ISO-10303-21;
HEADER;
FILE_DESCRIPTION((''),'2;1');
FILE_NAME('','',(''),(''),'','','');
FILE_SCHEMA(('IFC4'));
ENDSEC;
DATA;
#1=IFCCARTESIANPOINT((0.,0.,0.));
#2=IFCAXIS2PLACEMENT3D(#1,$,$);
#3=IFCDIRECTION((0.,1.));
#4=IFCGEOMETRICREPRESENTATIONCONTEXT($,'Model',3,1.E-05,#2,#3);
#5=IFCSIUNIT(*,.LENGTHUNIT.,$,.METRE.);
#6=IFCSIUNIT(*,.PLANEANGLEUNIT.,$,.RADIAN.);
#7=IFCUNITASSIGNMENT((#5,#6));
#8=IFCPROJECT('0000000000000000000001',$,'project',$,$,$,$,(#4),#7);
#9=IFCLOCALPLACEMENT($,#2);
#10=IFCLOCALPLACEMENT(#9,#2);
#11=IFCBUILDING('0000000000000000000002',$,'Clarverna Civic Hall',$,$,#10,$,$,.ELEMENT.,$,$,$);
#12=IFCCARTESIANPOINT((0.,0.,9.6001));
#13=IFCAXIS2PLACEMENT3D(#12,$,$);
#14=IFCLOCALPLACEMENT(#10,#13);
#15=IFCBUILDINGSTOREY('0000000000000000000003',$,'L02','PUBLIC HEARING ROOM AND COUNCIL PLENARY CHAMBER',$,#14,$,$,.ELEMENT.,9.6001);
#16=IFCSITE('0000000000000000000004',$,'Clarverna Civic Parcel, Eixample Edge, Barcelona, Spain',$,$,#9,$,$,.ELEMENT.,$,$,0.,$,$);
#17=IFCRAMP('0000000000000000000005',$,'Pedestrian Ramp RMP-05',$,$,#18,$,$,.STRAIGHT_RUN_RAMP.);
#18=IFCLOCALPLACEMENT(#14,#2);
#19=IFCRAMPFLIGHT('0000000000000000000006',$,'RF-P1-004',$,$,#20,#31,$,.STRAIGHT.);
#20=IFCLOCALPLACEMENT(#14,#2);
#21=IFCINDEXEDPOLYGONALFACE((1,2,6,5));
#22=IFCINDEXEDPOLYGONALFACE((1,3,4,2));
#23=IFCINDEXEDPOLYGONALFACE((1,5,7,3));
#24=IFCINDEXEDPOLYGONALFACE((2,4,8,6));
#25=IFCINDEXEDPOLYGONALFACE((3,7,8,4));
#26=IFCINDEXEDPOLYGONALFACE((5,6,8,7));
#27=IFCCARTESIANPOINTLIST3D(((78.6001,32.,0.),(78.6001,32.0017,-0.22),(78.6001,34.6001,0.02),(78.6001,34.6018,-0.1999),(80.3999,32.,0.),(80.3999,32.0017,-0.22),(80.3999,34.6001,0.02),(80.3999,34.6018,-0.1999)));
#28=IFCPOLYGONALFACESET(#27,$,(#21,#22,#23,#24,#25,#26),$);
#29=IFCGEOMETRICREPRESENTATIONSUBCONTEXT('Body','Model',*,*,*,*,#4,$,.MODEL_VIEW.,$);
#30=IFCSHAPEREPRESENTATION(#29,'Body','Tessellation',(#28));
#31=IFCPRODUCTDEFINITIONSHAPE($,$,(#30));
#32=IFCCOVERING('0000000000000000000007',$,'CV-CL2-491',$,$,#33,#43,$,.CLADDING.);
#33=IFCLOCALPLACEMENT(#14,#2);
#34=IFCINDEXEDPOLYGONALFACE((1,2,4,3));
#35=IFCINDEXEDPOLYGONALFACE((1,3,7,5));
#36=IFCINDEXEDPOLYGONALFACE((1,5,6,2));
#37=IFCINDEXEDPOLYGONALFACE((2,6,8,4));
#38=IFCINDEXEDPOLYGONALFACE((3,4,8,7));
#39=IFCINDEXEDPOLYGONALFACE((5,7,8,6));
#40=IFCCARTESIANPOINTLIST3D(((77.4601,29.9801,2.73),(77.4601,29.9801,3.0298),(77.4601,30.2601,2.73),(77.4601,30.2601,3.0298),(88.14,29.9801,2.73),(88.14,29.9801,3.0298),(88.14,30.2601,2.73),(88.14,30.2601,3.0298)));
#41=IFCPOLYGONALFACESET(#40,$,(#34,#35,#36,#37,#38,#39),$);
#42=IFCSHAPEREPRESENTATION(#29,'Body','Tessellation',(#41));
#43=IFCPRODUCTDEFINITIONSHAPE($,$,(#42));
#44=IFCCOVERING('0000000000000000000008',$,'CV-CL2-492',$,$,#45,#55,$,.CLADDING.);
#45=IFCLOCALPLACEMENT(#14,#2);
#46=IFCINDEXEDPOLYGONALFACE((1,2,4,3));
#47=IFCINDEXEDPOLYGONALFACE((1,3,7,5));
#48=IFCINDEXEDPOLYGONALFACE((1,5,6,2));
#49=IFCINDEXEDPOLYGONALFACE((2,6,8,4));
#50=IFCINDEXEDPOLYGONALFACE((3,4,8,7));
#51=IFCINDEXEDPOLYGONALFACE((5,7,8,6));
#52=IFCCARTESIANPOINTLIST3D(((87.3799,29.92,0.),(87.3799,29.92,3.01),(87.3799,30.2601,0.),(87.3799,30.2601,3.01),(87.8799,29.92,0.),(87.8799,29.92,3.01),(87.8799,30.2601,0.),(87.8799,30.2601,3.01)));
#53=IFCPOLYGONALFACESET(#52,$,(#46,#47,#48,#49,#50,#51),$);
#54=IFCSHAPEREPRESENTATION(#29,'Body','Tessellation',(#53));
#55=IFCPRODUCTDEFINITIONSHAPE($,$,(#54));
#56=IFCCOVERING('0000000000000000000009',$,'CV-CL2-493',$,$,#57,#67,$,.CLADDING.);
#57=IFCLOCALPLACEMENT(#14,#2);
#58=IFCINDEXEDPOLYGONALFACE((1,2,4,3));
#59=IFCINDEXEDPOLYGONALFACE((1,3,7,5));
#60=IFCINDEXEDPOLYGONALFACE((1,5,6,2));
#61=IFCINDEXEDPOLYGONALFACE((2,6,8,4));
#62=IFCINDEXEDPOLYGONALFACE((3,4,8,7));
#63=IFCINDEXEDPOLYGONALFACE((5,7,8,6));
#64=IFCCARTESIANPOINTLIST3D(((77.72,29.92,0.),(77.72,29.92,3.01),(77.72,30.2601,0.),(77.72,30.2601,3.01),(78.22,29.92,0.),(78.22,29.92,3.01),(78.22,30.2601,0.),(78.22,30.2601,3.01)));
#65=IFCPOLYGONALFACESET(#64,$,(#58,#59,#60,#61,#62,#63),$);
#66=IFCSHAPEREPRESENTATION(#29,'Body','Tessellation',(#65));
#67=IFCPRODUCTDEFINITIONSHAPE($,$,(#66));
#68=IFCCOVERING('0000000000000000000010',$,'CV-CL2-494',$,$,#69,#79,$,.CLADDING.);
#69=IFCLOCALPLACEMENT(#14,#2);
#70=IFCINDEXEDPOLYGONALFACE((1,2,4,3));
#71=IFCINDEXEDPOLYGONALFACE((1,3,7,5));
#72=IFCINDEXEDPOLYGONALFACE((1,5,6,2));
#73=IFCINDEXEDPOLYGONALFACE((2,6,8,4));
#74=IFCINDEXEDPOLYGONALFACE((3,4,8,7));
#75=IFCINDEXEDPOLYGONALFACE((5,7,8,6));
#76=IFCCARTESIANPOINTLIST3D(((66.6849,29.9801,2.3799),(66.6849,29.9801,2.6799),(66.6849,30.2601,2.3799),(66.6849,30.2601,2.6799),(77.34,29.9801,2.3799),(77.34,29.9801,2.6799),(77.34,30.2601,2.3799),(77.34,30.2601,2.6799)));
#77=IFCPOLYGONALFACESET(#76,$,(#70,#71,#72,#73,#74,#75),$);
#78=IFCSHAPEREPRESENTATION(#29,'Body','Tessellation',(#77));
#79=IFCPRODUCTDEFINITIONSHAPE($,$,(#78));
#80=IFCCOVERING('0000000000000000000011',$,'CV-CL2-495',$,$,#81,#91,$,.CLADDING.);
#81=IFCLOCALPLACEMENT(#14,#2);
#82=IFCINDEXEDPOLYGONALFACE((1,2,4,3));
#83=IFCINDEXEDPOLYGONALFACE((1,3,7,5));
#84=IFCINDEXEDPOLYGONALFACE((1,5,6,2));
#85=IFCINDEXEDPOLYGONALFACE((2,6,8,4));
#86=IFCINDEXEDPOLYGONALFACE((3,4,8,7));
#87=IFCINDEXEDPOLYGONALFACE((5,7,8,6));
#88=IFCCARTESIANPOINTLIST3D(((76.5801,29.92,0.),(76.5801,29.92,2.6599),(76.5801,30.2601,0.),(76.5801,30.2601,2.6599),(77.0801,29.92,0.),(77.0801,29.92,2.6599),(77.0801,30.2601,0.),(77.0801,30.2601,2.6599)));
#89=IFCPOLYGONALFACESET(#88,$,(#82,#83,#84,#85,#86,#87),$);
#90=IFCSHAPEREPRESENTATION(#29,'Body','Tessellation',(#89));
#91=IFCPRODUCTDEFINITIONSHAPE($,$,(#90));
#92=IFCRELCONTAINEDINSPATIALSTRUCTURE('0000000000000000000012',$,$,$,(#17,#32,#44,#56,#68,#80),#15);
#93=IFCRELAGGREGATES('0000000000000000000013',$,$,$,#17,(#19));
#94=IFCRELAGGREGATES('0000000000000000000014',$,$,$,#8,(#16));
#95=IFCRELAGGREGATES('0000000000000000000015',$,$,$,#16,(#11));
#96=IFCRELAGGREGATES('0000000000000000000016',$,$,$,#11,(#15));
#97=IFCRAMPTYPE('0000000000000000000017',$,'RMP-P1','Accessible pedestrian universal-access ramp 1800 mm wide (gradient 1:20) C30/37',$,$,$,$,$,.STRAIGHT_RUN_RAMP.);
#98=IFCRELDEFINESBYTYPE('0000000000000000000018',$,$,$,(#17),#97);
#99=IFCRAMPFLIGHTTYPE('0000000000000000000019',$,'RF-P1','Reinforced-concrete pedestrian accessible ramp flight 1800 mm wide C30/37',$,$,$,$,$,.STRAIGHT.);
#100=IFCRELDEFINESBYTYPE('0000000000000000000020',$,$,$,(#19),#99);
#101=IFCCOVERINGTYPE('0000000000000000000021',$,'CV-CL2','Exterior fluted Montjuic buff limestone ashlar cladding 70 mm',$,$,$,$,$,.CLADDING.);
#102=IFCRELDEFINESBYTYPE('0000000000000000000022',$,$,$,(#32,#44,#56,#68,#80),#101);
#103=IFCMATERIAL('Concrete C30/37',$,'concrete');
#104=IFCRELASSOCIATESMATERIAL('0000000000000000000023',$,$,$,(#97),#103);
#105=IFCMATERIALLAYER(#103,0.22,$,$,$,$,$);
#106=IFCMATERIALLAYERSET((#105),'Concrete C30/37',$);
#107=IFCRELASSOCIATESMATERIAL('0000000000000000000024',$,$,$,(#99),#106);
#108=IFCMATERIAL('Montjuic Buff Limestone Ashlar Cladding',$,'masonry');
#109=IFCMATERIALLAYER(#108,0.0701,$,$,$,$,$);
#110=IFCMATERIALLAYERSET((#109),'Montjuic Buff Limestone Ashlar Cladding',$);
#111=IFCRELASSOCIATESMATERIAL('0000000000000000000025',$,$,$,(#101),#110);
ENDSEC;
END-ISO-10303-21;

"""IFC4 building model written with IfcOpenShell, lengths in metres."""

from ifc_helpers import new_model, si_unit, direction, frame, frame_2d, origin, place, context, subcontext, project, spatial, polyline, rectangle, outline, extrude, material, layer, layer_set, type_object, element, aggregate, save


model = new_model("IFC4")

# Units and contexts
model_context = context("Model", 3, precision=1e-05, world=origin(), true_north=direction((0.0, 1.0)))
body_context = subcontext(model_context, "Body", "Model", "MODEL_VIEW")
ifc_project = project(units=[si_unit("LENGTHUNIT", "METRE"), si_unit("PLANEANGLEUNIT", "RADIAN")], contexts=[model_context])

# Site, building, storey
site_placement = place(None, origin())
site = spatial("IfcSite", under=ifc_project, at=site_placement, Name="Clarverna Civic Parcel, Eixample Edge, Barcelona, Spain", CompositionType="ELEMENT", RefElevation=0.0)
building_placement = place(site_placement, origin())
building = spatial("IfcBuilding", under=site, at=building_placement, Name="Clarverna Civic Hall", CompositionType="ELEMENT")
storey_placement = place(building_placement, frame((0.0, 0.0, 9.6001)))
storey = spatial("IfcBuildingStorey", under=building, at=storey_placement, Name="L02", Description="PUBLIC HEARING ROOM AND COUNCIL PLENARY CHAMBER", CompositionType="ELEMENT", Elevation=9.6001)

# Ramp, ramp flight
ifc_material_1 = material(Name="Concrete C30/37", Category="concrete")
ramp_type = type_object("IfcRampType", Name="RMP-P1", Description="Accessible pedestrian universal-access ramp 1800 mm wide (gradient 1:20) C30/37", PredefinedType="STRAIGHT_RUN_RAMP", material=ifc_material_1)
ramp_placement = place(storey_placement, origin())
ramp = element("IfcRamp", 1, at=ramp_placement, inside=storey, type_object=ramp_type, Name="Pedestrian Ramp RMP-05", PredefinedType="STRAIGHT_RUN_RAMP")
ifc_layer_1 = layer(ifc_material_1, 0.22)
ifc_layer_set_1 = layer_set([ifc_layer_1], Name="Concrete C30/37")
ramp_flight_type = type_object("IfcRampFlightType", Name="RF-P1", Description="Reinforced-concrete pedestrian accessible ramp flight 1800 mm wide C30/37", PredefinedType="STRAIGHT", material=ifc_layer_set_1)
ramp_flight_placement = place(storey_placement, frame((78.6001, 32.0, 0.0), z_axis=(0.0, -0.007699, 0.99997), x_axis=(1.0, 0.0, 0.0)))
ramp_flight = element("IfcRampFlight", 2, at=ramp_flight_placement, type_object=ramp_flight_type, Name="RF-P1-004", PredefinedType="STRAIGHT", context=body_context, shape_type="SweptSolid", body=[
    extrude(outline(polyline([(0.0, 0.0), (1.7998, 0.0), (1.7998, 2.6002), (0.0, 2.6002), (0.0, 0.0)])), origin(), (0.0, 0.0, -1.0), 0.22),
])
aggregate(ramp, [ramp_flight])

# Coverings
ifc_material_2 = material(Name="Montjuic Buff Limestone Ashlar Cladding", Category="masonry")
ifc_layer_2 = layer(ifc_material_2, 0.0701)
ifc_layer_set_2 = layer_set([ifc_layer_2], Name="Montjuic Buff Limestone Ashlar Cladding")
covering_type = type_object("IfcCoveringType", Name="CV-CL2", Description="Exterior fluted Montjuic buff limestone ashlar cladding 70 mm", PredefinedType="CLADDING", material=ifc_layer_set_2)
covering_1_placement = place(storey_placement, frame((88.1399, 30.1201, 2.73), z_axis=(0.0, 0.0, 1.0), x_axis=(-1.0, 0.0, 0.0)))
element("IfcCovering", 3, at=covering_1_placement, inside=storey, type_object=covering_type, Name="CV-CL2-491", PredefinedType="CLADDING", context=body_context, shape_type="SweptSolid", body=[
    extrude(rectangle(XDim=10.6799, YDim=0.28, at=frame_2d((5.3398, 0.0))), origin(), (0.0, 0.0, 1.0), 0.2998),
])
for number, where, z_axis, x_axis, name in (
    (4, (87.8799, 30.0901, 0.0), (0.0, 0.0, 1.0), (-1.0, 0.0, 0.0), "CV-CL2-492"),
    (5, (78.22, 30.0901, 0.0), (0.0, 0.0, 1.0), (-1.0, 0.0, 0.0), "CV-CL2-493"),
):
    element("IfcCovering", number, at=place(storey_placement, frame(where, z_axis=z_axis, x_axis=x_axis)), inside=storey, type_object=covering_type, Name=name, PredefinedType="CLADDING", context=body_context, shape_type="SweptSolid", body=[
        extrude(rectangle(XDim=0.5, YDim=0.3401, at=frame_2d((0.25, 0.0))), origin(), (0.0, 0.0, 1.0), 3.01),
    ])
covering_2_placement = place(storey_placement, frame((77.3401, 30.1201, 2.3799), z_axis=(0.0, 0.0, 1.0), x_axis=(-1.0, 0.0, 0.0)))
element("IfcCovering", 6, at=covering_2_placement, inside=storey, type_object=covering_type, Name="CV-CL2-494", PredefinedType="CLADDING", context=body_context, shape_type="SweptSolid", body=[
    extrude(rectangle(XDim=10.655, YDim=0.28, at=frame_2d((5.3276, 0.0))), origin(), (0.0, 0.0, 1.0), 0.3),
])
covering_3_placement = place(storey_placement, frame((77.0801, 30.0901, 0.0), z_axis=(0.0, 0.0, 1.0), x_axis=(-1.0, 0.0, 0.0)))
element("IfcCovering", 7, at=covering_3_placement, inside=storey, type_object=covering_type, Name="CV-CL2-495", PredefinedType="CLADDING", context=body_context, shape_type="SweptSolid", body=[
    extrude(rectangle(XDim=0.5, YDim=0.3401, at=frame_2d((0.25, 0.0))), origin(), (0.0, 0.0, 1.0), 2.6599),
])

save(model, "model.ifc")
